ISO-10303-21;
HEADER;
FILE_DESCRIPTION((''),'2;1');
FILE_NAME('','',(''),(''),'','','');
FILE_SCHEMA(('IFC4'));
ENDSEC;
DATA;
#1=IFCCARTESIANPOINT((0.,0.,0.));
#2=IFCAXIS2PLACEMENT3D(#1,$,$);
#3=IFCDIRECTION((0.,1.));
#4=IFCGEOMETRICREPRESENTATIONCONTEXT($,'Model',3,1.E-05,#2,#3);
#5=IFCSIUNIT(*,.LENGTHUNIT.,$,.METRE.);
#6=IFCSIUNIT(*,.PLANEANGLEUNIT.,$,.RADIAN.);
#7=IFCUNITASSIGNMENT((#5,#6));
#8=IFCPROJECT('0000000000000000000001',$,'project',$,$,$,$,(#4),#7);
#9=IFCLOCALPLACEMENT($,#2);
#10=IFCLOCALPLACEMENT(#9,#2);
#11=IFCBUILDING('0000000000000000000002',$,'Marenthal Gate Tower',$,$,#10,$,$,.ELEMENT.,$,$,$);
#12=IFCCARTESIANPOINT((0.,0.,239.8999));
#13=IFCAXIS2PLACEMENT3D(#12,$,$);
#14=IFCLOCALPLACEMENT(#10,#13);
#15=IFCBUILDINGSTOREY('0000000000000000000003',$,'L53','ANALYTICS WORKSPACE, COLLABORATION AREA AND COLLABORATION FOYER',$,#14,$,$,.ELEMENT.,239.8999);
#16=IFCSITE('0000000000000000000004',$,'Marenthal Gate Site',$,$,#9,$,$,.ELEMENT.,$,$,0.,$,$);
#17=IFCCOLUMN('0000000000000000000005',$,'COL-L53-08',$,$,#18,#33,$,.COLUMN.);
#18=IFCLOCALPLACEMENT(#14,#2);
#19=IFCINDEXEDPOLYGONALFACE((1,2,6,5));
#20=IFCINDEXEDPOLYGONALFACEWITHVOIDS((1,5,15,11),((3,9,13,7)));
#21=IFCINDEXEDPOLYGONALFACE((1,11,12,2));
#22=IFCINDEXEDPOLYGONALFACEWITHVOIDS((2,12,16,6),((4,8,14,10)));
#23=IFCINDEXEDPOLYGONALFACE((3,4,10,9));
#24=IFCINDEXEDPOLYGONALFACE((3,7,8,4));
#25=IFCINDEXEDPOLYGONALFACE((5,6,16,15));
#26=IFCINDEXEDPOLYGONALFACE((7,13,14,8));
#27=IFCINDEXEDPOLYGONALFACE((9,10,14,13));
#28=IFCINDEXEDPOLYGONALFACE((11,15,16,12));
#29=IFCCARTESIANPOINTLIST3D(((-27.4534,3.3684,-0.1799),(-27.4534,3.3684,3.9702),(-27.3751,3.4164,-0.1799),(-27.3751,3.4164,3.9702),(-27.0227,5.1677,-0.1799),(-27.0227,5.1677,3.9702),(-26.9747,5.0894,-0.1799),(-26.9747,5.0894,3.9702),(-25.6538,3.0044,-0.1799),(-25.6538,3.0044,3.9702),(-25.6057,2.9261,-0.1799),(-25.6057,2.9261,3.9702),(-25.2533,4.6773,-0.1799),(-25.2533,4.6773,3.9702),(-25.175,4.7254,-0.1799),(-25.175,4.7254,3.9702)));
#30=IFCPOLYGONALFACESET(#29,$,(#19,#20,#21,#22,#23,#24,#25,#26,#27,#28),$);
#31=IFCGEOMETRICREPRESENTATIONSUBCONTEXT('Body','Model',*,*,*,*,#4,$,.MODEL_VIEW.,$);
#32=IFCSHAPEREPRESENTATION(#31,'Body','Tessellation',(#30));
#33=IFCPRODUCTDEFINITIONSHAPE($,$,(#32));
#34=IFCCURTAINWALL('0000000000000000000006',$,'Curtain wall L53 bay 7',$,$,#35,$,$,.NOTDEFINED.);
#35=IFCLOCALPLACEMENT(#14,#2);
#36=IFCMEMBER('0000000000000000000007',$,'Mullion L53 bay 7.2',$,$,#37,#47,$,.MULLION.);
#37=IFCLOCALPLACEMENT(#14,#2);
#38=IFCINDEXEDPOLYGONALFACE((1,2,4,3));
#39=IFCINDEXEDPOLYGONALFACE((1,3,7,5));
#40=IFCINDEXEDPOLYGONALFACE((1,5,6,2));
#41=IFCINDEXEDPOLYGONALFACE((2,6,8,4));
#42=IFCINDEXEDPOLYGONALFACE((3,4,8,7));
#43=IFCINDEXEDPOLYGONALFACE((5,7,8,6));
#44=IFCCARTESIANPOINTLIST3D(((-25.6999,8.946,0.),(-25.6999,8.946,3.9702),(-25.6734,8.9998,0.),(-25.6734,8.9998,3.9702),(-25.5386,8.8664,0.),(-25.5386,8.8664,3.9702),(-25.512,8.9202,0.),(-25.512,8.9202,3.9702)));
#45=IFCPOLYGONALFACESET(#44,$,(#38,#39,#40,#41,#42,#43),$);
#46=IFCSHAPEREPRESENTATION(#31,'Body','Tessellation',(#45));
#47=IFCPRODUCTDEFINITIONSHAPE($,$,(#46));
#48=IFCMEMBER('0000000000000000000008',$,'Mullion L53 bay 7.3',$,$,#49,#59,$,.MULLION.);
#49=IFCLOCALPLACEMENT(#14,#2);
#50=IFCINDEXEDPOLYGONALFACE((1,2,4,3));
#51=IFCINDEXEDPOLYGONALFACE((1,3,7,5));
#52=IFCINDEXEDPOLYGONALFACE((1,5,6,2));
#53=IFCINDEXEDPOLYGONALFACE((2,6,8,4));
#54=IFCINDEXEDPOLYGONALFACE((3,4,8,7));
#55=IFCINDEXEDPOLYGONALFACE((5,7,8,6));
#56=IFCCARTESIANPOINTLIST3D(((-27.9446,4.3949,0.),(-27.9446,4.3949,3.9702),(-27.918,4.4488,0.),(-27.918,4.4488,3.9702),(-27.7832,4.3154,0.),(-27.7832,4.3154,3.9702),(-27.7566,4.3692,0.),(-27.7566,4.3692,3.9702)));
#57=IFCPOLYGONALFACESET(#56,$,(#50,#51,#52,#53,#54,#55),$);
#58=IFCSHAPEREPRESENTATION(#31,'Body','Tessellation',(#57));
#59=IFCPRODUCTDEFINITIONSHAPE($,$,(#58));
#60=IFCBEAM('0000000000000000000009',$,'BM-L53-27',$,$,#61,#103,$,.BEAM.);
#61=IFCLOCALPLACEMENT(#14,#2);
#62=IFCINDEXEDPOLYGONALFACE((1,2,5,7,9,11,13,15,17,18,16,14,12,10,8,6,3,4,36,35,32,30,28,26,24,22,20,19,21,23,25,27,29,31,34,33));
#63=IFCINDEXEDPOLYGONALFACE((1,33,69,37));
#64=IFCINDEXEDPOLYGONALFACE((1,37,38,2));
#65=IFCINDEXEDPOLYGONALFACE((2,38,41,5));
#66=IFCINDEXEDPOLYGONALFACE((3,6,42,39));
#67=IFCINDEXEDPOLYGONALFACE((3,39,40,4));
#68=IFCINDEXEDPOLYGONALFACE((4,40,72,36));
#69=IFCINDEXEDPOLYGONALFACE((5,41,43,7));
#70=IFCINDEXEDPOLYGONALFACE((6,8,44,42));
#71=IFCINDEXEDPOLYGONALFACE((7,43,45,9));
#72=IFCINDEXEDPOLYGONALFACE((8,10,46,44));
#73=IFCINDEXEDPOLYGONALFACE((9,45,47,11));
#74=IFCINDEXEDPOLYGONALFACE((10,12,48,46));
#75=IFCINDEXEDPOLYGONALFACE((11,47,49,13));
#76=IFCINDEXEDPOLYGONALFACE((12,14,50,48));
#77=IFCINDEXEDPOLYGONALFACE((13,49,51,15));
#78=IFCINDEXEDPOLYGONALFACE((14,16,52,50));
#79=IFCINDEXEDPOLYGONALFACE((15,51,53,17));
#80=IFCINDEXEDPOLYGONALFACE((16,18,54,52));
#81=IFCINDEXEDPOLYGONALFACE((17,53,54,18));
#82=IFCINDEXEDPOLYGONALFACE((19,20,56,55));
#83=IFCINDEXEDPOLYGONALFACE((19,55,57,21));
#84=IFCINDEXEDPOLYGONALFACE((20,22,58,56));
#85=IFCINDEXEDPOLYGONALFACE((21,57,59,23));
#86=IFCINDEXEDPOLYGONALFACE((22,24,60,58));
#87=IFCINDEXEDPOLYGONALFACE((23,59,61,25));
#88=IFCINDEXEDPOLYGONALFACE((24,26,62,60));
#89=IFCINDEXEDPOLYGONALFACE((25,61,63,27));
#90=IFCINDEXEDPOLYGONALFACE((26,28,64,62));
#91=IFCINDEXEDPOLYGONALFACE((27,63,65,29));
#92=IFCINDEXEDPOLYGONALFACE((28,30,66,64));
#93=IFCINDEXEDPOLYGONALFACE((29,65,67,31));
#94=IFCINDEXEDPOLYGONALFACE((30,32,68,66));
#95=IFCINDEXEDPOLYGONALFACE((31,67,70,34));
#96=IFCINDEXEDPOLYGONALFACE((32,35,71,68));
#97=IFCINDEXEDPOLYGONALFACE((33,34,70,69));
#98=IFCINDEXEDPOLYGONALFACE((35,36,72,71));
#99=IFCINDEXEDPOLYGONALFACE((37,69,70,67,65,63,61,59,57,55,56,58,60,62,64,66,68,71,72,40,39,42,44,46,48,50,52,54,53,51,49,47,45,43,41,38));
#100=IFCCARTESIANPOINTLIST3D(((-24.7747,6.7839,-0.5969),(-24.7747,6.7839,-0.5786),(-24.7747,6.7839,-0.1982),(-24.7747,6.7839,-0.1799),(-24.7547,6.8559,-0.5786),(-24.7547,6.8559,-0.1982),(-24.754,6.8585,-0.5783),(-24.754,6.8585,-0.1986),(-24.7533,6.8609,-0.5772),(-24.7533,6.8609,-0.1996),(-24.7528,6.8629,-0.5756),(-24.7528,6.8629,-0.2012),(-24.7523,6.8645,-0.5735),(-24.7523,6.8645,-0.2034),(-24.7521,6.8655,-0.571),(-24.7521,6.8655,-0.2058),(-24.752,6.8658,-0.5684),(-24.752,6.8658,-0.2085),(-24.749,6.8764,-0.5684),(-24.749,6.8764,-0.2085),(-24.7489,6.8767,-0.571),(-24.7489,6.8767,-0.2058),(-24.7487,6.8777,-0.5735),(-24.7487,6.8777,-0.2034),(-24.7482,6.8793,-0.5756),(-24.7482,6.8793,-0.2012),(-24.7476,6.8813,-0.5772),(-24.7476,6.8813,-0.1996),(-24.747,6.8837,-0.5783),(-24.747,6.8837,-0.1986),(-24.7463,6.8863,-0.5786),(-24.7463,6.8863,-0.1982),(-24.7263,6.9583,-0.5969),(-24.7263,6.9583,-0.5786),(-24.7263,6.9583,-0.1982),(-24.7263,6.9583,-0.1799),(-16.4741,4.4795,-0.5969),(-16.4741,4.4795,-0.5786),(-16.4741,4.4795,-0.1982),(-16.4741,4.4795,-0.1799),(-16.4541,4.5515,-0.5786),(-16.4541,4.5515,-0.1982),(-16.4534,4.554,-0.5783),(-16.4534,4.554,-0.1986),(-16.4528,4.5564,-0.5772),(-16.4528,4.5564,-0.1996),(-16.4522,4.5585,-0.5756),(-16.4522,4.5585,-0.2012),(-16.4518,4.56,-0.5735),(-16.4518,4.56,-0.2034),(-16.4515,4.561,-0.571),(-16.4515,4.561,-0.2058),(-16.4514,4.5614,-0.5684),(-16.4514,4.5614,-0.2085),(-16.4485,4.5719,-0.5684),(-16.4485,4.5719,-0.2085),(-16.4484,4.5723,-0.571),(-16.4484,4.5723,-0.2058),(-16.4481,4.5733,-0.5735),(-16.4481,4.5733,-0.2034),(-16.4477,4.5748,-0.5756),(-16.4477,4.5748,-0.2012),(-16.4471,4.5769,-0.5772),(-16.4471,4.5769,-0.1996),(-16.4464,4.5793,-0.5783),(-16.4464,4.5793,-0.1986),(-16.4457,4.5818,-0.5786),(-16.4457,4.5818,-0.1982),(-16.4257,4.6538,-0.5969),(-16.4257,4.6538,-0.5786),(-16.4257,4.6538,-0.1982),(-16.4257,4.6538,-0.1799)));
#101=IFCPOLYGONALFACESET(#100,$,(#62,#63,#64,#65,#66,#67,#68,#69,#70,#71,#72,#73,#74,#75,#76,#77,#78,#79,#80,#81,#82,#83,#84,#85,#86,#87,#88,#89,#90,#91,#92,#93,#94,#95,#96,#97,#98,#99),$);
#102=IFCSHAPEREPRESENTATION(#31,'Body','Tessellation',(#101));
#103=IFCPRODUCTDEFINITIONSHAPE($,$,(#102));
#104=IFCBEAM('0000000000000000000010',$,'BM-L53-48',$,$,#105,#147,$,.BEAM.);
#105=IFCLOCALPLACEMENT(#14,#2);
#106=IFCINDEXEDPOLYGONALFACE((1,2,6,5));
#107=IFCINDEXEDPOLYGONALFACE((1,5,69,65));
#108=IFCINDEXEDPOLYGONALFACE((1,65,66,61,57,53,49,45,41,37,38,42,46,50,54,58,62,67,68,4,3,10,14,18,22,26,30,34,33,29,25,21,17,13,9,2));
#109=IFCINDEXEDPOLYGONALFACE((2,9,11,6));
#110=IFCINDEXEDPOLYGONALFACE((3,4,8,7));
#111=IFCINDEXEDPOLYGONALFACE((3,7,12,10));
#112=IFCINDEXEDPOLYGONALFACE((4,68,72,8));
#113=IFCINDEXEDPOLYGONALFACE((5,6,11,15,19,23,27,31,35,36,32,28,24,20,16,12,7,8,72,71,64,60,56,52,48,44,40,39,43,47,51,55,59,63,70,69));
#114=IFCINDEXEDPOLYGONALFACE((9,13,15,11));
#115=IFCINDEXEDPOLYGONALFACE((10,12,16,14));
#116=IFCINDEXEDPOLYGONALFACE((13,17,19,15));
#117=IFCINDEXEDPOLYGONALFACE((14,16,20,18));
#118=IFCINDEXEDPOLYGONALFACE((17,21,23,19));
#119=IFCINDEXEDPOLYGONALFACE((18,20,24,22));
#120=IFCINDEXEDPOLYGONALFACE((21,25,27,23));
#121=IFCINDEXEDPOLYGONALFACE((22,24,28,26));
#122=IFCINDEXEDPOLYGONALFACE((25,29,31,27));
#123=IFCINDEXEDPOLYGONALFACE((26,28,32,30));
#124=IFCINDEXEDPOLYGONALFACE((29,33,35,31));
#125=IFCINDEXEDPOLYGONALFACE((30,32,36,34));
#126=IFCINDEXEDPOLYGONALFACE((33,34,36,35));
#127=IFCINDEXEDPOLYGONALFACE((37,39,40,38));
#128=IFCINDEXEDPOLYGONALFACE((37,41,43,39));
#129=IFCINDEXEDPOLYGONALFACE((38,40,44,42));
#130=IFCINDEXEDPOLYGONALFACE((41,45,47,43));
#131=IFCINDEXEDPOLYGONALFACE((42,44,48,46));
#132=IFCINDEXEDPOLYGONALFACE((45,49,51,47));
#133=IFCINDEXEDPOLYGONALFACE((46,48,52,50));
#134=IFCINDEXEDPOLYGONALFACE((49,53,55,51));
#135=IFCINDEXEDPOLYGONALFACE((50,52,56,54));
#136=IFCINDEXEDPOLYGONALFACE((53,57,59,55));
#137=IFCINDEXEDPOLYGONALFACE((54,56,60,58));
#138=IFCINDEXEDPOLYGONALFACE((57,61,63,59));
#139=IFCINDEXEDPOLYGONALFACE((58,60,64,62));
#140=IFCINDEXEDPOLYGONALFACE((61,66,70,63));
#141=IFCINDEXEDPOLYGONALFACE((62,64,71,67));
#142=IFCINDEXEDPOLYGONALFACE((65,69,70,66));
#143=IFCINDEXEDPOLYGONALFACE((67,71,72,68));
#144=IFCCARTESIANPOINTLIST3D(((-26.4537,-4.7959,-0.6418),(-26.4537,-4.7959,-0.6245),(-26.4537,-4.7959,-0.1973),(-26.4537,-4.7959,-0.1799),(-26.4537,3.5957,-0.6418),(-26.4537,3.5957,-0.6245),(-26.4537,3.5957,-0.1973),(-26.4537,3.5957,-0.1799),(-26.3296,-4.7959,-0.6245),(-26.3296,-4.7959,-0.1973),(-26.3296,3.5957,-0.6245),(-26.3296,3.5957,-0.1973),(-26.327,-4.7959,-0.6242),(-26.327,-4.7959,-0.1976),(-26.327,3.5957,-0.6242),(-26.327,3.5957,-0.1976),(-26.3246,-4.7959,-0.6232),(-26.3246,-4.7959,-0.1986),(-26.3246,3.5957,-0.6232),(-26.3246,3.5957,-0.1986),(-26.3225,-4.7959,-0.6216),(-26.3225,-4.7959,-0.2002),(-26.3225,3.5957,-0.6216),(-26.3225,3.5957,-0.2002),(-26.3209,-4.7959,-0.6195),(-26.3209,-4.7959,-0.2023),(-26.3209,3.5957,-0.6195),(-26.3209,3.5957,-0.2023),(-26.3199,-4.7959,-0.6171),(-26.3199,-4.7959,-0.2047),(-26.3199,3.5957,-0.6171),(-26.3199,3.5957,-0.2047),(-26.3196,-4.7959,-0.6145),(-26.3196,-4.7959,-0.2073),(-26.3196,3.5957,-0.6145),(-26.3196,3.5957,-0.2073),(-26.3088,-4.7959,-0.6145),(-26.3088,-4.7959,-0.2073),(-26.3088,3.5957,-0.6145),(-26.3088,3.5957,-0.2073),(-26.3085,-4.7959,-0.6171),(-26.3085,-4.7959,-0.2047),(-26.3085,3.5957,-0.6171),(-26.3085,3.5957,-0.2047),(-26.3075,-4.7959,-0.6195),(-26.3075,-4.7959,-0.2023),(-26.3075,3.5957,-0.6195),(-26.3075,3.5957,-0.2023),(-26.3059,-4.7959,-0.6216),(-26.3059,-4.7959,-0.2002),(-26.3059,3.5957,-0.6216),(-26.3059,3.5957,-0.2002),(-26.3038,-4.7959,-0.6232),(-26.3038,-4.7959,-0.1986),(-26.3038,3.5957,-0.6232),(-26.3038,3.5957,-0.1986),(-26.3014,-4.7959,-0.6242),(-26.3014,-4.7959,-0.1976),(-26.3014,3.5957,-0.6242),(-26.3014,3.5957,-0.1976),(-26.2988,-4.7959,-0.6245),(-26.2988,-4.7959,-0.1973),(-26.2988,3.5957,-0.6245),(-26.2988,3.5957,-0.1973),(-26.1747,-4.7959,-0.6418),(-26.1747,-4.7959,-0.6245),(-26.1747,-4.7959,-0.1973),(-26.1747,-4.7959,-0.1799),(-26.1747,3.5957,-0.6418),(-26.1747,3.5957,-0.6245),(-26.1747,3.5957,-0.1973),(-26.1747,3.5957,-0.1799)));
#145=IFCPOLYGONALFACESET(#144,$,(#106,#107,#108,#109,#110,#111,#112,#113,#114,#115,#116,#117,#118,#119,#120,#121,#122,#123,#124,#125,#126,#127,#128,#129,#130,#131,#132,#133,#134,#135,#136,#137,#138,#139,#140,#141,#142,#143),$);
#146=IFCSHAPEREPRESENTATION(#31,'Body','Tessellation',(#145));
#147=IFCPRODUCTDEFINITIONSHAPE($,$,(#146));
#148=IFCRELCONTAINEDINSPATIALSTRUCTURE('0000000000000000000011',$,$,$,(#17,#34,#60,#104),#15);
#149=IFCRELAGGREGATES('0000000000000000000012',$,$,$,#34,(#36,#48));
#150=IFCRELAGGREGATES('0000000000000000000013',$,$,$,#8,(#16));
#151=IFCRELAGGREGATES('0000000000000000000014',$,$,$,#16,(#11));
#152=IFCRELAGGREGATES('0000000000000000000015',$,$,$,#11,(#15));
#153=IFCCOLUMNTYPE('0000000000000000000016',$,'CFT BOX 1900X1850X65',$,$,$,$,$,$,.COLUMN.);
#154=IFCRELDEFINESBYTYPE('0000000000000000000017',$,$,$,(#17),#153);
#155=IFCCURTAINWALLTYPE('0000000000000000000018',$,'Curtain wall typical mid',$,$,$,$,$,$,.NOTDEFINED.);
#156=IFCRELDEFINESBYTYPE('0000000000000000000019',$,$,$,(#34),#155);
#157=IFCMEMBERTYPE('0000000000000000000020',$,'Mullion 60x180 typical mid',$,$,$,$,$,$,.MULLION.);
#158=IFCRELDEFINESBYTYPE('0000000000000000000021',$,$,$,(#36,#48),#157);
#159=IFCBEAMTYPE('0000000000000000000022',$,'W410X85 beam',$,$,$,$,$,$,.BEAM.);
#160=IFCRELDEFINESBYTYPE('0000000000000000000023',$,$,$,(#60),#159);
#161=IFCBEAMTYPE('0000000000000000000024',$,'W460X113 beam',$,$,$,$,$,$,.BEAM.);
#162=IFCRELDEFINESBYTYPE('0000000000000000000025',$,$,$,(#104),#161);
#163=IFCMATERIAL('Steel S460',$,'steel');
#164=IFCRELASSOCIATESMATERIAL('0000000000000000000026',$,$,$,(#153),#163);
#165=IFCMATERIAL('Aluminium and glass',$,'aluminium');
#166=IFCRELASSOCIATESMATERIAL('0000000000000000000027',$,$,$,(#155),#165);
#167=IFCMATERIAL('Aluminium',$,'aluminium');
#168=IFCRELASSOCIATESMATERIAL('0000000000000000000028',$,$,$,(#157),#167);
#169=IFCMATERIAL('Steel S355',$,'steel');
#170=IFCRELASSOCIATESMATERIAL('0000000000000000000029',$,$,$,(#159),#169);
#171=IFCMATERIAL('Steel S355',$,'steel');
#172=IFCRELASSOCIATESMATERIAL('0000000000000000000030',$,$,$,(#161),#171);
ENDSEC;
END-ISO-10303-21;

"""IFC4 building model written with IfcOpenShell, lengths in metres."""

from ifc_helpers import new_model, si_unit, direction, frame, origin, origin_2d, place, context, subcontext, project, spatial, rectangle, hollow_rectangle, i_section, extrude, material, material_profile, profile_set, type_object, element, aggregate, save


model = new_model("IFC4")

# Units and contexts
model_context = context("Model", 3, precision=1e-05, world=origin(), true_north=direction((0.0, 1.0)))
body_context = subcontext(model_context, "Body", "Model", "MODEL_VIEW")
ifc_project = project(units=[si_unit("LENGTHUNIT", "METRE"), si_unit("PLANEANGLEUNIT", "RADIAN")], contexts=[model_context])

# Site, building, storey
site_placement = place(None, origin())
site = spatial("IfcSite", under=ifc_project, at=site_placement, Name="Marenthal Gate Site", CompositionType="ELEMENT", RefElevation=0.0)
building_placement = place(site_placement, origin())
building = spatial("IfcBuilding", under=site, at=building_placement, Name="Marenthal Gate Tower", CompositionType="ELEMENT")
storey_placement = place(building_placement, frame((0.0, 0.0, 239.8999)))
storey = spatial("IfcBuildingStorey", under=building, at=storey_placement, Name="L53", Description="ANALYTICS WORKSPACE, COLLABORATION AREA AND COLLABORATION FOYER", CompositionType="ELEMENT", Elevation=239.8999)

# Column
ifc_material_1 = material(Name="Steel S460", Category="steel")
ifc_material_profile_1 = material_profile(ifc_material_1, hollow_rectangle(XDim=1.8501, YDim=1.8999, WallThickness=0.0649, at=origin_2d()), Name="CFT BOX 1900X1850X65")
ifc_material_2 = material(Name="Concrete 70 MPa", Category="concrete")
ifc_material_profile_2 = material_profile(ifc_material_2, rectangle(XDim=1.72, YDim=1.77, at=origin_2d()), Name="CFT BOX 1900X1850X65 INFILL")
ifc_profile_set_1 = profile_set([ifc_material_profile_1, ifc_material_profile_2], Name="Steel S460 shell, Concrete 70 MPa infill")
column_type = type_object("IfcColumnType", Name="CFT BOX 1900X1850X65", PredefinedType="COLUMN", material=ifc_profile_set_1)
column_placement = place(storey_placement, frame((-26.3142, 4.0469, -0.1799), z_axis=(0.0, 0.0, 1.0), x_axis=(0.232804, 0.972524, 0.0)))
element("IfcColumn", 1, at=column_placement, inside=storey, type_object=column_type, Name="COL-L53-08", PredefinedType="COLUMN", context=body_context, shape_type="SweptSolid", body=[
    extrude(hollow_rectangle(XDim=1.8501, YDim=1.8999, WallThickness=0.0649, at=origin_2d()), origin(), (0.0, 0.0, 1.0), 4.1501),
])

# Curtain wall, members
ifc_material_3 = material(Name="Aluminium and glass", Category="aluminium")
curtain_wall_type = type_object("IfcCurtainWallType", Name="Curtain wall typical mid", PredefinedType="NOTDEFINED", material=ifc_material_3)
curtain_wall_placement = place(storey_placement, origin())
curtain_wall = element("IfcCurtainWall", 2, at=curtain_wall_placement, inside=storey, type_object=curtain_wall_type, Name="Curtain wall L53 bay 7", PredefinedType="NOTDEFINED")
ifc_material_4 = material(Name="Aluminium", Category="aluminium")
ifc_material_profile_3 = material_profile(ifc_material_4, rectangle(XDim=0.1799, YDim=0.0601, at=origin_2d()), Name="60x180 aluminium mullion")
ifc_profile_set_2 = profile_set([ifc_material_profile_3], Name="Aluminium")
member_type = type_object("IfcMemberType", Name="Mullion 60x180 typical mid", PredefinedType="MULLION", material=ifc_profile_set_2)
member_1_placement = place(storey_placement, frame((-25.606, 8.9331, 0.0), z_axis=(0.0, 0.0, 1.0), x_axis=(0.896835, -0.442364, 0.0)))
member_1 = element("IfcMember", 3, at=member_1_placement, type_object=member_type, Name="Mullion L53 bay 7.2", PredefinedType="MULLION", context=body_context, shape_type="SweptSolid", body=[
    extrude(rectangle(XDim=0.1799, YDim=0.0601, at=origin_2d()), origin(), (0.0, 0.0, 1.0), 3.9702),
])
member_2_placement = place(storey_placement, frame((-27.8506, 4.3821, 0.0), z_axis=(0.0, 0.0, 1.0), x_axis=(0.896835, -0.442364, 0.0)))
member_2 = element("IfcMember", 4, at=member_2_placement, type_object=member_type, Name="Mullion L53 bay 7.3", PredefinedType="MULLION", context=body_context, shape_type="SweptSolid", body=[
    extrude(rectangle(XDim=0.1799, YDim=0.0601, at=origin_2d()), origin(), (0.0, 0.0, 1.0), 3.9702),
])

# Beams
ifc_material_5 = material(Name="Steel S355", Category="steel")
ifc_material_profile_4 = material_profile(ifc_material_5, i_section(OverallWidth=0.1809, OverallDepth=0.417, WebThickness=0.011, FlangeThickness=0.0183, FilletRadius=0.0103, at=origin_2d()), Name="W410X85")
ifc_profile_set_3 = profile_set([ifc_material_profile_4], Name="Steel S355")
beam_type_1 = type_object("IfcBeamType", Name="W410X85 beam", PredefinedType="BEAM", material=ifc_profile_set_3)
beam_1_placement = place(storey_placement, frame((-24.7505, 6.8711, -0.3884), z_axis=(0.963556, -0.267508, 0.0), x_axis=(0.267508, 0.963556, 0.0)))
element("IfcBeam", 5, at=beam_1_placement, inside=storey, type_object=beam_type_1, Name="BM-L53-27", PredefinedType="BEAM", context=body_context, shape_type="SweptSolid", body=[
    extrude(i_section(OverallWidth=0.1809, OverallDepth=0.417, WebThickness=0.011, FlangeThickness=0.0183, FilletRadius=0.0103, at=origin_2d()), origin(), (0.0, 0.0, 1.0), 8.6145),
])
ifc_material_6 = material(Name="Steel S355", Category="steel")
ifc_material_profile_5 = material_profile(ifc_material_6, i_section(OverallWidth=0.2791, OverallDepth=0.4619, WebThickness=0.0107, FlangeThickness=0.0173, FilletRadius=0.01, at=origin_2d()), Name="W460X113")
ifc_profile_set_4 = profile_set([ifc_material_profile_5], Name="Steel S355")
beam_type_2 = type_object("IfcBeamType", Name="W460X113 beam", PredefinedType="BEAM", material=ifc_profile_set_4)
beam_2_placement = place(storey_placement, frame((-26.3142, 3.5957, -0.4109), z_axis=(0.0, -1.0, 0.0), x_axis=(1.0, 0.0, 0.0)))
element("IfcBeam", 6, at=beam_2_placement, inside=storey, type_object=beam_type_2, Name="BM-L53-48", PredefinedType="BEAM", context=body_context, shape_type="SweptSolid", body=[
    extrude(i_section(OverallWidth=0.2791, OverallDepth=0.4619, WebThickness=0.0107, FlangeThickness=0.0173, FilletRadius=0.01, at=origin_2d()), origin(), (0.0, 0.0, 1.0), 8.3916),
])

aggregate(curtain_wall, [member_1, member_2])

save(model, "model.ifc")
